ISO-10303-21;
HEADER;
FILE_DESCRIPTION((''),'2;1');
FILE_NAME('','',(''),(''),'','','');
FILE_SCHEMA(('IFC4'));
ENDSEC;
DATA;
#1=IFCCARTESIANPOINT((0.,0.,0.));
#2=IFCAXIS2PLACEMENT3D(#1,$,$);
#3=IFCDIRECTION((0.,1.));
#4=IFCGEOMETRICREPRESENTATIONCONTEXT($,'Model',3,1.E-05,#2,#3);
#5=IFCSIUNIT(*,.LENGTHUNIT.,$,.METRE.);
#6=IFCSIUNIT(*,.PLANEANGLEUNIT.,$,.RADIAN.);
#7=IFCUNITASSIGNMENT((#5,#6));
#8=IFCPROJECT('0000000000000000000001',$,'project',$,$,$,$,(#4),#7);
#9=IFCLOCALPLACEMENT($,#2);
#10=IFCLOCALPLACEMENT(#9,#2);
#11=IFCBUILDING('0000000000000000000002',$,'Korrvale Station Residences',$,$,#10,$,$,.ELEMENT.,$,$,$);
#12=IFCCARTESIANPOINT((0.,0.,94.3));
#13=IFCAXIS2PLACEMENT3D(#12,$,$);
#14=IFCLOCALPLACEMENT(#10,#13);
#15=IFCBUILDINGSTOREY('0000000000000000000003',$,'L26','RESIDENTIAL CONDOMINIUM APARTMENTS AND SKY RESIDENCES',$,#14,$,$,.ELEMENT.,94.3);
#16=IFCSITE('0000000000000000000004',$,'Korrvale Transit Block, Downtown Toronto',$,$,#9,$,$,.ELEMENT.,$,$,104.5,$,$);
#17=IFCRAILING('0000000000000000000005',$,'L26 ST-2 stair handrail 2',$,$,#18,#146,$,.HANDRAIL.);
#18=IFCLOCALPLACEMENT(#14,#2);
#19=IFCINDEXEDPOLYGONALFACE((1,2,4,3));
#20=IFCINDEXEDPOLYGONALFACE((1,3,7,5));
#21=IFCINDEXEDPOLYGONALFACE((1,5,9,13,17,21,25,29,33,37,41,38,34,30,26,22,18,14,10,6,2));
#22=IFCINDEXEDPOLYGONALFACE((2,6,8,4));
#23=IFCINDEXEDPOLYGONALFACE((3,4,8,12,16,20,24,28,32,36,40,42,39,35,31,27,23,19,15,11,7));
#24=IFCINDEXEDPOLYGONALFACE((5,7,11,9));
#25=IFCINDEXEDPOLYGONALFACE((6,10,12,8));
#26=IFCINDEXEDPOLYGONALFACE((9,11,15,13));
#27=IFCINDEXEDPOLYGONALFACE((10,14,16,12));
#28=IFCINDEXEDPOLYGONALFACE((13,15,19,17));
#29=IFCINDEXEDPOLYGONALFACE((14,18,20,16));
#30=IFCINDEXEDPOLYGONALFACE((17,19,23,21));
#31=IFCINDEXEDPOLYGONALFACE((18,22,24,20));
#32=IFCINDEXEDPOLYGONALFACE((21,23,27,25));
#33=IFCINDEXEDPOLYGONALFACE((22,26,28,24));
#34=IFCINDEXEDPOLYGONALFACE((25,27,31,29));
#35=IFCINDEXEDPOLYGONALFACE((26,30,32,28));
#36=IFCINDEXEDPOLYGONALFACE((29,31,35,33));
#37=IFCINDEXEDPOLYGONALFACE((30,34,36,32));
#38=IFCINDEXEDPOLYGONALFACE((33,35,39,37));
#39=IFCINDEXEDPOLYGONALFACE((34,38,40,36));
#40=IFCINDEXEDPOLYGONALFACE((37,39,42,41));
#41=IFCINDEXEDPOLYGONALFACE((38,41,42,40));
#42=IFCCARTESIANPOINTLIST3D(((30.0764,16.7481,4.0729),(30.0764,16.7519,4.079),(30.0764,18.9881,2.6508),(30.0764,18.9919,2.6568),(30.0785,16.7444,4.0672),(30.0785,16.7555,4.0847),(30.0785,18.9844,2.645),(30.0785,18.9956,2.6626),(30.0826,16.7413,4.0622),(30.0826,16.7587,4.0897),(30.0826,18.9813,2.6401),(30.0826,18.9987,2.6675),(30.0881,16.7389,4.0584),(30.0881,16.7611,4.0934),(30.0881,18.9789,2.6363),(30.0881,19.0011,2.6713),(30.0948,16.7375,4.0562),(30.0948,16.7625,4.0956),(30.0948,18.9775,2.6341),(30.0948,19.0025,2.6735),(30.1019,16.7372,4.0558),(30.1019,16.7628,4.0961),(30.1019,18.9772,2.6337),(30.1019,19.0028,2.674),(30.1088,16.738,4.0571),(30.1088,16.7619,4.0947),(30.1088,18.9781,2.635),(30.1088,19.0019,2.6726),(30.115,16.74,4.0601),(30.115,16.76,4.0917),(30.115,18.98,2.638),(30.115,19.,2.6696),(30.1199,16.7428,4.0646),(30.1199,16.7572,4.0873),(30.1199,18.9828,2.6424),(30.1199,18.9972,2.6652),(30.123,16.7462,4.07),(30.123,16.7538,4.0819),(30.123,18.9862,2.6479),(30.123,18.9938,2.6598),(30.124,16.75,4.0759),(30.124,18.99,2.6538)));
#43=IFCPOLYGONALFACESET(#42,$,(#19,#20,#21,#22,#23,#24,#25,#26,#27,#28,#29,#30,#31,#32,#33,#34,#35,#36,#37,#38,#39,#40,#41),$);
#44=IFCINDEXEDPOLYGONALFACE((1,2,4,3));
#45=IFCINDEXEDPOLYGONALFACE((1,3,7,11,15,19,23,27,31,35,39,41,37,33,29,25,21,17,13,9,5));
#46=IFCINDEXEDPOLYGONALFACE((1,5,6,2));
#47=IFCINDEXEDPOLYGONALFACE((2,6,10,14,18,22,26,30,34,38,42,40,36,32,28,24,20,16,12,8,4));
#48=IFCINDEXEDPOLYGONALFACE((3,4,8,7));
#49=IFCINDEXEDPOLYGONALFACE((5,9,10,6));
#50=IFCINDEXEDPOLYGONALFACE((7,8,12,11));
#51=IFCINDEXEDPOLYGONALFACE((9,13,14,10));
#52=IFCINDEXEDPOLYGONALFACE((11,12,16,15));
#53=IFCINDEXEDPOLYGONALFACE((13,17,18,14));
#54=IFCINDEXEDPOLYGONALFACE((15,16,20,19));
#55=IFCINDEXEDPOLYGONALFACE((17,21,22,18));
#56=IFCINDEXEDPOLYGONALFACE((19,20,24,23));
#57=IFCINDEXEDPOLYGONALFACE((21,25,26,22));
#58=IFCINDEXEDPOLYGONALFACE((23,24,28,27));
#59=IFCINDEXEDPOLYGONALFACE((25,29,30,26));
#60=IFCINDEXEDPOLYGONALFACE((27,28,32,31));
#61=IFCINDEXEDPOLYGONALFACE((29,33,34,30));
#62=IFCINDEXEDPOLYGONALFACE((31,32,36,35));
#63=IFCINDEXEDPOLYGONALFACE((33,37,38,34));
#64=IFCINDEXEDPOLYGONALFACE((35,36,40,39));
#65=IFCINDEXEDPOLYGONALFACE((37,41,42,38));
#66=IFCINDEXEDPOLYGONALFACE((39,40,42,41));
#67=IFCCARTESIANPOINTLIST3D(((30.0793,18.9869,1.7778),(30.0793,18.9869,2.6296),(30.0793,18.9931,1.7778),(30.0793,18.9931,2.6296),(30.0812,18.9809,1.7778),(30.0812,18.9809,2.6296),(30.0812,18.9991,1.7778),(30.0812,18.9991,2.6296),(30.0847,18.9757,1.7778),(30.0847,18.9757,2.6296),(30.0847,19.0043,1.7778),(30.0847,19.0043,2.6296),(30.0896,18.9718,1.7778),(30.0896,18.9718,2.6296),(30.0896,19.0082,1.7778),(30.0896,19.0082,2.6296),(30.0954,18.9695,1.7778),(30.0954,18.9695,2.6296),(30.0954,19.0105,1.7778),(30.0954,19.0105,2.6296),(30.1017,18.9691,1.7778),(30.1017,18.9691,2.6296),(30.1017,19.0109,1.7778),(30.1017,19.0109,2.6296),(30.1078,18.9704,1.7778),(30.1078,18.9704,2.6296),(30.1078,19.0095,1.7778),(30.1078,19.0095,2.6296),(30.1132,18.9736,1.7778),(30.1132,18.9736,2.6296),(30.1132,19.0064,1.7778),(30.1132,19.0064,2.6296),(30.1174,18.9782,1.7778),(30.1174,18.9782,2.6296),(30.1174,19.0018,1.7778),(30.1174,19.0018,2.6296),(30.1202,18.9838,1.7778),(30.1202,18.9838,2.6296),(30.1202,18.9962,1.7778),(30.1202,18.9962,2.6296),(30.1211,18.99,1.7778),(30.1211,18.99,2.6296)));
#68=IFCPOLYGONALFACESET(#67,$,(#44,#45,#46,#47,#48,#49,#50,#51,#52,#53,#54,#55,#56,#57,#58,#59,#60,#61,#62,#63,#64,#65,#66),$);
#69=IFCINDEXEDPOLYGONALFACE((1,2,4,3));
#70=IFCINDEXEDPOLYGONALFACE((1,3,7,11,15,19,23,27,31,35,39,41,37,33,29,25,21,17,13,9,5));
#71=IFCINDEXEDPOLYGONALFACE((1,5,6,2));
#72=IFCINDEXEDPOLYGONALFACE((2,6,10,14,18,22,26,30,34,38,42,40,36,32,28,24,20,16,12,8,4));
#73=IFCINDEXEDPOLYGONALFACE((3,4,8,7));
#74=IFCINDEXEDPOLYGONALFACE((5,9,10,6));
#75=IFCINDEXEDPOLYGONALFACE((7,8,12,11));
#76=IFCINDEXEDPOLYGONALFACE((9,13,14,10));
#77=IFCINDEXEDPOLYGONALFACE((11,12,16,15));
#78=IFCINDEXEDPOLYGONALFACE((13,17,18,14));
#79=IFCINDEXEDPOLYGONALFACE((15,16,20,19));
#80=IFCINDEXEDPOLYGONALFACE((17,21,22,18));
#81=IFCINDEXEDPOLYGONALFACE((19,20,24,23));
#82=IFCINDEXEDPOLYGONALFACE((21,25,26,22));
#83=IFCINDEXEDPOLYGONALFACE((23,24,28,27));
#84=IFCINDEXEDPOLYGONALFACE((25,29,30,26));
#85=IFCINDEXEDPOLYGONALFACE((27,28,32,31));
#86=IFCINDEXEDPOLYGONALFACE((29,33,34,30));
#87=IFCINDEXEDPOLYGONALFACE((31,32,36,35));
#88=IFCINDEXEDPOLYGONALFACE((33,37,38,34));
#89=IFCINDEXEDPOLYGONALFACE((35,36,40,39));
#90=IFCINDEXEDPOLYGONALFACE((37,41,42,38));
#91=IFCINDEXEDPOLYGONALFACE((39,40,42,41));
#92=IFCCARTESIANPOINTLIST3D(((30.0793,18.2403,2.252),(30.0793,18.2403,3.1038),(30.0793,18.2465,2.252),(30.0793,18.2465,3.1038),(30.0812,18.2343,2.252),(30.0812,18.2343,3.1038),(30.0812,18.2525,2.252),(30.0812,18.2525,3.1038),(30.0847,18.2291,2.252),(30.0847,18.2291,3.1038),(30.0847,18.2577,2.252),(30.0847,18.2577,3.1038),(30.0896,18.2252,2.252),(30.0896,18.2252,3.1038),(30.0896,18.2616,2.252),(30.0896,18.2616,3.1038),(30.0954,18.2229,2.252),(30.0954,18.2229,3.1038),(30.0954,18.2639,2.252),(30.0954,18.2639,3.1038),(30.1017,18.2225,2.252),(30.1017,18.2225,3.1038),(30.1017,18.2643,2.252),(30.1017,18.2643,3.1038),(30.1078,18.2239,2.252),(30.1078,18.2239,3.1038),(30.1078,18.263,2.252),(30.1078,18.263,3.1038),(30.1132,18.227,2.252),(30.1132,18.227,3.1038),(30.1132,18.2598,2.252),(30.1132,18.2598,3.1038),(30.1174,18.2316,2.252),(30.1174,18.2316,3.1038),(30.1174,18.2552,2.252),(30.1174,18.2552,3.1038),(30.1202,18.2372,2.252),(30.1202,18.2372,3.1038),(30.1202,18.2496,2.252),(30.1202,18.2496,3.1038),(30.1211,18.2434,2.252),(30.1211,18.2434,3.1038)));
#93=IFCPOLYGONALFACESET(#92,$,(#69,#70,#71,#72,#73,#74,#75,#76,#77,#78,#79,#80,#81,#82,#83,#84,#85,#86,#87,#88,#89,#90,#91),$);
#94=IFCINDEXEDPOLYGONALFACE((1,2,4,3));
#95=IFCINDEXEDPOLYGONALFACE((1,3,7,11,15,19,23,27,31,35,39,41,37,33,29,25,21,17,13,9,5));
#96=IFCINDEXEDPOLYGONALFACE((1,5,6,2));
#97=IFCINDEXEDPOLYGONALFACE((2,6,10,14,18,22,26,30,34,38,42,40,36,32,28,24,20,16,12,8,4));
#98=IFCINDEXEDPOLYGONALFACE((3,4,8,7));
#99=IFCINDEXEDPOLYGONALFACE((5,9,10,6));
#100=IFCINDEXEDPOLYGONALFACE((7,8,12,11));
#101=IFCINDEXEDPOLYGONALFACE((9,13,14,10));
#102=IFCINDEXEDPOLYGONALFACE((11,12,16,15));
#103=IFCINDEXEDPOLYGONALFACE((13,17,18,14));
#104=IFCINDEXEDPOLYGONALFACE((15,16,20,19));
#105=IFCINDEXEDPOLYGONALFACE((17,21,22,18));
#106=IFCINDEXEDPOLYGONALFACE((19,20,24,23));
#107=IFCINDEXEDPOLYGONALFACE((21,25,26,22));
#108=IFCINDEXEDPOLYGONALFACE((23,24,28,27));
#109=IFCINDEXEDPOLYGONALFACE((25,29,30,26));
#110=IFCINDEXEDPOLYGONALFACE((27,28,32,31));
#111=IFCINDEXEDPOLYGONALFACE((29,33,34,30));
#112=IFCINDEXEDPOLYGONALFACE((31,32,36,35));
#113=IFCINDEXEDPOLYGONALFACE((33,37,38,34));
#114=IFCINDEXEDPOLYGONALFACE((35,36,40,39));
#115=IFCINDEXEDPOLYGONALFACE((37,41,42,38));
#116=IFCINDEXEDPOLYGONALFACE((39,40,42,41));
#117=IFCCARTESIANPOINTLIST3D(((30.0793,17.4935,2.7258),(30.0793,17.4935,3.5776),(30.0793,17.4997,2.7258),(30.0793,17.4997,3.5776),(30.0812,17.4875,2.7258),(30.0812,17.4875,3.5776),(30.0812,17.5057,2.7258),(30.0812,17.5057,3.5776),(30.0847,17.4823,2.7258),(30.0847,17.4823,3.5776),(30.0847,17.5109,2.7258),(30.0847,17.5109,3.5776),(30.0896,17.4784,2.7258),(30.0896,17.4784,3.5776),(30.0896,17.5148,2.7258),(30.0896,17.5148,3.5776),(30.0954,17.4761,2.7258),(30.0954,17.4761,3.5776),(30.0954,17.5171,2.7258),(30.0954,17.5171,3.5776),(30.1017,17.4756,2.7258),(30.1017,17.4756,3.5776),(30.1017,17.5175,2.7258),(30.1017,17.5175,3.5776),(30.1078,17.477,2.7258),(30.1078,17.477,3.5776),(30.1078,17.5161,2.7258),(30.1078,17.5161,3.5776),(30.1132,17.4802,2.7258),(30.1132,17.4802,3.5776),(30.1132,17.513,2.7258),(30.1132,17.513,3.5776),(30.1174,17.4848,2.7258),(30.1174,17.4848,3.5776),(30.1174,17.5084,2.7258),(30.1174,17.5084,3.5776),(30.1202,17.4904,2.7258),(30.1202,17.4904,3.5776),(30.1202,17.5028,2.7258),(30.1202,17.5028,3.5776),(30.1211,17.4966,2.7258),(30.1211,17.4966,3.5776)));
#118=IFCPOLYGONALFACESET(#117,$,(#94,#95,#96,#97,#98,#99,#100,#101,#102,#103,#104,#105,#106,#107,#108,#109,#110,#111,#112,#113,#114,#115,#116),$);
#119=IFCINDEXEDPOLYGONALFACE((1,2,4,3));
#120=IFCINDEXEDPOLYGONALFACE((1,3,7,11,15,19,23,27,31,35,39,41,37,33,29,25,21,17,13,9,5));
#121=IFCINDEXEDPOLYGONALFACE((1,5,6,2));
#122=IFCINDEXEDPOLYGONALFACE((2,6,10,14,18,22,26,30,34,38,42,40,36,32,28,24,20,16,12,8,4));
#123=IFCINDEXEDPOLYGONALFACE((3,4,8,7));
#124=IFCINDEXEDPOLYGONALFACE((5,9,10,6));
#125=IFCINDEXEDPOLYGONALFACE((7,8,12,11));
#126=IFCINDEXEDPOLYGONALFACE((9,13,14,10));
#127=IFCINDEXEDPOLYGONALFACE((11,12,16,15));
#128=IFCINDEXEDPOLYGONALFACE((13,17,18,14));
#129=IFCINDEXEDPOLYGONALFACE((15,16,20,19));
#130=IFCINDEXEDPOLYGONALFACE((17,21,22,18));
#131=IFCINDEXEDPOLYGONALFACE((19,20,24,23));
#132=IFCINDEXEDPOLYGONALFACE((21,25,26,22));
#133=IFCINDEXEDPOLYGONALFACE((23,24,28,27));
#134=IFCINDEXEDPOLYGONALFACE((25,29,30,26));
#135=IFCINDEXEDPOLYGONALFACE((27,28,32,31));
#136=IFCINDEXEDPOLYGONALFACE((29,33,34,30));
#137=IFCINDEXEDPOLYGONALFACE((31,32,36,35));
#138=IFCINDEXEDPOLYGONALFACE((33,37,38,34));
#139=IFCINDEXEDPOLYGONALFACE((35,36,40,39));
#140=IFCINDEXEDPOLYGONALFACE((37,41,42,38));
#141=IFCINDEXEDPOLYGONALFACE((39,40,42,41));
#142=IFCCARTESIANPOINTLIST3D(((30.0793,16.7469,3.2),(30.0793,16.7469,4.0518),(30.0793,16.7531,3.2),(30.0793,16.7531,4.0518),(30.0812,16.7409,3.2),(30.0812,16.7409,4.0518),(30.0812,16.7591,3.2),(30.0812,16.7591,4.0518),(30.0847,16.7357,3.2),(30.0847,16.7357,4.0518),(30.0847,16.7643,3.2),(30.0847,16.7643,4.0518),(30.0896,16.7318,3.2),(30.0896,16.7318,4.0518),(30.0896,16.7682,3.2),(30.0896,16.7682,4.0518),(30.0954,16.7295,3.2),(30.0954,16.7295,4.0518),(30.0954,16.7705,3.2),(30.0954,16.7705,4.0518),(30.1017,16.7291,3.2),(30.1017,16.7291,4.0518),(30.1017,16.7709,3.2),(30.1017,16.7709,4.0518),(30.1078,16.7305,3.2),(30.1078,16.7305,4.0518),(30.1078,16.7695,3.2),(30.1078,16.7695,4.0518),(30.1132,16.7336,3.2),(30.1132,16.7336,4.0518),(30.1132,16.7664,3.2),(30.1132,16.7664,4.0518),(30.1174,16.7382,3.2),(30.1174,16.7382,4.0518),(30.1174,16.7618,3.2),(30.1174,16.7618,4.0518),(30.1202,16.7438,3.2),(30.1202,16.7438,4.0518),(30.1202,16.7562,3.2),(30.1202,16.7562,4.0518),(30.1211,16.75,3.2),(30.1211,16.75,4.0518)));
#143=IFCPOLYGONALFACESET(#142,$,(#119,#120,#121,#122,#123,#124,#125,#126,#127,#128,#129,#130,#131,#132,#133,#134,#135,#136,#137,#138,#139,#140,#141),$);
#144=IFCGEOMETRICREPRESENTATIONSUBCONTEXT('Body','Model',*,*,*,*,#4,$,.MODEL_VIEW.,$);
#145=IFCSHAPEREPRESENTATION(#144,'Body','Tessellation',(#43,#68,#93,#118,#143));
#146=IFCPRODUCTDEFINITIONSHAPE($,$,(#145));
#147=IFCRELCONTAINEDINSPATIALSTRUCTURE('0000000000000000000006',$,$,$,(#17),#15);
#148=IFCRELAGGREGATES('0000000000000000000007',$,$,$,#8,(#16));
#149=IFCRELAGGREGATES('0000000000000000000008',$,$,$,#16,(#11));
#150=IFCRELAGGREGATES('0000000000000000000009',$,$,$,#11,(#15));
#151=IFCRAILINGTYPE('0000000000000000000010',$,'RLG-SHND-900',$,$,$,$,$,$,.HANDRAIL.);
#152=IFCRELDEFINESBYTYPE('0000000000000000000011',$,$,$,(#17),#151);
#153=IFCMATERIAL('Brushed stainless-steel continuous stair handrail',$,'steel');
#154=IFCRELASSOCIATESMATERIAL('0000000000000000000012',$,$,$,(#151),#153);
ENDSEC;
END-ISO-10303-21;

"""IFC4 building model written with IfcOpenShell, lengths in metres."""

from ifc_helpers import new_model, si_unit, direction, frame, origin, origin_2d, place, context, subcontext, project, spatial, circle, extrude, material, type_object, element, save


model = new_model("IFC4")

# Units and contexts
model_context = context("Model", 3, precision=1e-05, world=origin(), true_north=direction((0.0, 1.0)))
body_context = subcontext(model_context, "Body", "Model", "MODEL_VIEW")
ifc_project = project(units=[si_unit("LENGTHUNIT", "METRE"), si_unit("PLANEANGLEUNIT", "RADIAN")], contexts=[model_context])

# Site, building, storey
site_placement = place(None, origin())
site = spatial("IfcSite", under=ifc_project, at=site_placement, Name="Korrvale Transit Block, Downtown Toronto", CompositionType="ELEMENT", RefElevation=104.5)
building_placement = place(site_placement, origin())
building = spatial("IfcBuilding", under=site, at=building_placement, Name="Korrvale Station Residences", CompositionType="ELEMENT")
storey_placement = place(building_placement, frame((0.0, 0.0, 94.3)))
storey = spatial("IfcBuildingStorey", under=building, at=storey_placement, Name="L26", Description="RESIDENTIAL CONDOMINIUM APARTMENTS AND SKY RESIDENCES", CompositionType="ELEMENT", Elevation=94.3)

# Railing
ifc_material_1 = material(Name="Brushed stainless-steel continuous stair handrail", Category="steel")
railing_type_1 = type_object("IfcRailingType", Name="RLG-SHND-900", PredefinedType="HANDRAIL", material=ifc_material_1)
railing_1_placement = place(storey_placement, frame((30.1001, 18.99, 1.7778)))
element("IfcRailing", 1, at=railing_1_placement, inside=storey, type_object=railing_type_1, Name="L26 ST-2 stair handrail 2", PredefinedType="HANDRAIL", context=body_context, shape_type="SweptSolid", body=[
    extrude(circle(Radius=0.0239, at=origin_2d()), frame((0.0, 0.0, 0.876), z_axis=(0.0, -0.844229, 0.535982), x_axis=(1.0, 0.0, 0.0)), (0.0, 0.0, 1.0), 2.6533),
    extrude(circle(Radius=0.021, at=origin_2d()), origin(), (0.0, 0.0, 1.0), 0.8518),
    extrude(circle(Radius=0.021, at=origin_2d()), frame((0.0, -0.7466, 0.4741)), (0.0, 0.0, 1.0), 0.8518),
    extrude(circle(Radius=0.021, at=origin_2d()), frame((0.0, -1.4934, 0.948)), (0.0, 0.0, 1.0), 0.8518),
    extrude(circle(Radius=0.021, at=origin_2d()), frame((0.0, -2.24, 1.4221)), (0.0, 0.0, 1.0), 0.8518),
])

save(model, "model.ifc")
